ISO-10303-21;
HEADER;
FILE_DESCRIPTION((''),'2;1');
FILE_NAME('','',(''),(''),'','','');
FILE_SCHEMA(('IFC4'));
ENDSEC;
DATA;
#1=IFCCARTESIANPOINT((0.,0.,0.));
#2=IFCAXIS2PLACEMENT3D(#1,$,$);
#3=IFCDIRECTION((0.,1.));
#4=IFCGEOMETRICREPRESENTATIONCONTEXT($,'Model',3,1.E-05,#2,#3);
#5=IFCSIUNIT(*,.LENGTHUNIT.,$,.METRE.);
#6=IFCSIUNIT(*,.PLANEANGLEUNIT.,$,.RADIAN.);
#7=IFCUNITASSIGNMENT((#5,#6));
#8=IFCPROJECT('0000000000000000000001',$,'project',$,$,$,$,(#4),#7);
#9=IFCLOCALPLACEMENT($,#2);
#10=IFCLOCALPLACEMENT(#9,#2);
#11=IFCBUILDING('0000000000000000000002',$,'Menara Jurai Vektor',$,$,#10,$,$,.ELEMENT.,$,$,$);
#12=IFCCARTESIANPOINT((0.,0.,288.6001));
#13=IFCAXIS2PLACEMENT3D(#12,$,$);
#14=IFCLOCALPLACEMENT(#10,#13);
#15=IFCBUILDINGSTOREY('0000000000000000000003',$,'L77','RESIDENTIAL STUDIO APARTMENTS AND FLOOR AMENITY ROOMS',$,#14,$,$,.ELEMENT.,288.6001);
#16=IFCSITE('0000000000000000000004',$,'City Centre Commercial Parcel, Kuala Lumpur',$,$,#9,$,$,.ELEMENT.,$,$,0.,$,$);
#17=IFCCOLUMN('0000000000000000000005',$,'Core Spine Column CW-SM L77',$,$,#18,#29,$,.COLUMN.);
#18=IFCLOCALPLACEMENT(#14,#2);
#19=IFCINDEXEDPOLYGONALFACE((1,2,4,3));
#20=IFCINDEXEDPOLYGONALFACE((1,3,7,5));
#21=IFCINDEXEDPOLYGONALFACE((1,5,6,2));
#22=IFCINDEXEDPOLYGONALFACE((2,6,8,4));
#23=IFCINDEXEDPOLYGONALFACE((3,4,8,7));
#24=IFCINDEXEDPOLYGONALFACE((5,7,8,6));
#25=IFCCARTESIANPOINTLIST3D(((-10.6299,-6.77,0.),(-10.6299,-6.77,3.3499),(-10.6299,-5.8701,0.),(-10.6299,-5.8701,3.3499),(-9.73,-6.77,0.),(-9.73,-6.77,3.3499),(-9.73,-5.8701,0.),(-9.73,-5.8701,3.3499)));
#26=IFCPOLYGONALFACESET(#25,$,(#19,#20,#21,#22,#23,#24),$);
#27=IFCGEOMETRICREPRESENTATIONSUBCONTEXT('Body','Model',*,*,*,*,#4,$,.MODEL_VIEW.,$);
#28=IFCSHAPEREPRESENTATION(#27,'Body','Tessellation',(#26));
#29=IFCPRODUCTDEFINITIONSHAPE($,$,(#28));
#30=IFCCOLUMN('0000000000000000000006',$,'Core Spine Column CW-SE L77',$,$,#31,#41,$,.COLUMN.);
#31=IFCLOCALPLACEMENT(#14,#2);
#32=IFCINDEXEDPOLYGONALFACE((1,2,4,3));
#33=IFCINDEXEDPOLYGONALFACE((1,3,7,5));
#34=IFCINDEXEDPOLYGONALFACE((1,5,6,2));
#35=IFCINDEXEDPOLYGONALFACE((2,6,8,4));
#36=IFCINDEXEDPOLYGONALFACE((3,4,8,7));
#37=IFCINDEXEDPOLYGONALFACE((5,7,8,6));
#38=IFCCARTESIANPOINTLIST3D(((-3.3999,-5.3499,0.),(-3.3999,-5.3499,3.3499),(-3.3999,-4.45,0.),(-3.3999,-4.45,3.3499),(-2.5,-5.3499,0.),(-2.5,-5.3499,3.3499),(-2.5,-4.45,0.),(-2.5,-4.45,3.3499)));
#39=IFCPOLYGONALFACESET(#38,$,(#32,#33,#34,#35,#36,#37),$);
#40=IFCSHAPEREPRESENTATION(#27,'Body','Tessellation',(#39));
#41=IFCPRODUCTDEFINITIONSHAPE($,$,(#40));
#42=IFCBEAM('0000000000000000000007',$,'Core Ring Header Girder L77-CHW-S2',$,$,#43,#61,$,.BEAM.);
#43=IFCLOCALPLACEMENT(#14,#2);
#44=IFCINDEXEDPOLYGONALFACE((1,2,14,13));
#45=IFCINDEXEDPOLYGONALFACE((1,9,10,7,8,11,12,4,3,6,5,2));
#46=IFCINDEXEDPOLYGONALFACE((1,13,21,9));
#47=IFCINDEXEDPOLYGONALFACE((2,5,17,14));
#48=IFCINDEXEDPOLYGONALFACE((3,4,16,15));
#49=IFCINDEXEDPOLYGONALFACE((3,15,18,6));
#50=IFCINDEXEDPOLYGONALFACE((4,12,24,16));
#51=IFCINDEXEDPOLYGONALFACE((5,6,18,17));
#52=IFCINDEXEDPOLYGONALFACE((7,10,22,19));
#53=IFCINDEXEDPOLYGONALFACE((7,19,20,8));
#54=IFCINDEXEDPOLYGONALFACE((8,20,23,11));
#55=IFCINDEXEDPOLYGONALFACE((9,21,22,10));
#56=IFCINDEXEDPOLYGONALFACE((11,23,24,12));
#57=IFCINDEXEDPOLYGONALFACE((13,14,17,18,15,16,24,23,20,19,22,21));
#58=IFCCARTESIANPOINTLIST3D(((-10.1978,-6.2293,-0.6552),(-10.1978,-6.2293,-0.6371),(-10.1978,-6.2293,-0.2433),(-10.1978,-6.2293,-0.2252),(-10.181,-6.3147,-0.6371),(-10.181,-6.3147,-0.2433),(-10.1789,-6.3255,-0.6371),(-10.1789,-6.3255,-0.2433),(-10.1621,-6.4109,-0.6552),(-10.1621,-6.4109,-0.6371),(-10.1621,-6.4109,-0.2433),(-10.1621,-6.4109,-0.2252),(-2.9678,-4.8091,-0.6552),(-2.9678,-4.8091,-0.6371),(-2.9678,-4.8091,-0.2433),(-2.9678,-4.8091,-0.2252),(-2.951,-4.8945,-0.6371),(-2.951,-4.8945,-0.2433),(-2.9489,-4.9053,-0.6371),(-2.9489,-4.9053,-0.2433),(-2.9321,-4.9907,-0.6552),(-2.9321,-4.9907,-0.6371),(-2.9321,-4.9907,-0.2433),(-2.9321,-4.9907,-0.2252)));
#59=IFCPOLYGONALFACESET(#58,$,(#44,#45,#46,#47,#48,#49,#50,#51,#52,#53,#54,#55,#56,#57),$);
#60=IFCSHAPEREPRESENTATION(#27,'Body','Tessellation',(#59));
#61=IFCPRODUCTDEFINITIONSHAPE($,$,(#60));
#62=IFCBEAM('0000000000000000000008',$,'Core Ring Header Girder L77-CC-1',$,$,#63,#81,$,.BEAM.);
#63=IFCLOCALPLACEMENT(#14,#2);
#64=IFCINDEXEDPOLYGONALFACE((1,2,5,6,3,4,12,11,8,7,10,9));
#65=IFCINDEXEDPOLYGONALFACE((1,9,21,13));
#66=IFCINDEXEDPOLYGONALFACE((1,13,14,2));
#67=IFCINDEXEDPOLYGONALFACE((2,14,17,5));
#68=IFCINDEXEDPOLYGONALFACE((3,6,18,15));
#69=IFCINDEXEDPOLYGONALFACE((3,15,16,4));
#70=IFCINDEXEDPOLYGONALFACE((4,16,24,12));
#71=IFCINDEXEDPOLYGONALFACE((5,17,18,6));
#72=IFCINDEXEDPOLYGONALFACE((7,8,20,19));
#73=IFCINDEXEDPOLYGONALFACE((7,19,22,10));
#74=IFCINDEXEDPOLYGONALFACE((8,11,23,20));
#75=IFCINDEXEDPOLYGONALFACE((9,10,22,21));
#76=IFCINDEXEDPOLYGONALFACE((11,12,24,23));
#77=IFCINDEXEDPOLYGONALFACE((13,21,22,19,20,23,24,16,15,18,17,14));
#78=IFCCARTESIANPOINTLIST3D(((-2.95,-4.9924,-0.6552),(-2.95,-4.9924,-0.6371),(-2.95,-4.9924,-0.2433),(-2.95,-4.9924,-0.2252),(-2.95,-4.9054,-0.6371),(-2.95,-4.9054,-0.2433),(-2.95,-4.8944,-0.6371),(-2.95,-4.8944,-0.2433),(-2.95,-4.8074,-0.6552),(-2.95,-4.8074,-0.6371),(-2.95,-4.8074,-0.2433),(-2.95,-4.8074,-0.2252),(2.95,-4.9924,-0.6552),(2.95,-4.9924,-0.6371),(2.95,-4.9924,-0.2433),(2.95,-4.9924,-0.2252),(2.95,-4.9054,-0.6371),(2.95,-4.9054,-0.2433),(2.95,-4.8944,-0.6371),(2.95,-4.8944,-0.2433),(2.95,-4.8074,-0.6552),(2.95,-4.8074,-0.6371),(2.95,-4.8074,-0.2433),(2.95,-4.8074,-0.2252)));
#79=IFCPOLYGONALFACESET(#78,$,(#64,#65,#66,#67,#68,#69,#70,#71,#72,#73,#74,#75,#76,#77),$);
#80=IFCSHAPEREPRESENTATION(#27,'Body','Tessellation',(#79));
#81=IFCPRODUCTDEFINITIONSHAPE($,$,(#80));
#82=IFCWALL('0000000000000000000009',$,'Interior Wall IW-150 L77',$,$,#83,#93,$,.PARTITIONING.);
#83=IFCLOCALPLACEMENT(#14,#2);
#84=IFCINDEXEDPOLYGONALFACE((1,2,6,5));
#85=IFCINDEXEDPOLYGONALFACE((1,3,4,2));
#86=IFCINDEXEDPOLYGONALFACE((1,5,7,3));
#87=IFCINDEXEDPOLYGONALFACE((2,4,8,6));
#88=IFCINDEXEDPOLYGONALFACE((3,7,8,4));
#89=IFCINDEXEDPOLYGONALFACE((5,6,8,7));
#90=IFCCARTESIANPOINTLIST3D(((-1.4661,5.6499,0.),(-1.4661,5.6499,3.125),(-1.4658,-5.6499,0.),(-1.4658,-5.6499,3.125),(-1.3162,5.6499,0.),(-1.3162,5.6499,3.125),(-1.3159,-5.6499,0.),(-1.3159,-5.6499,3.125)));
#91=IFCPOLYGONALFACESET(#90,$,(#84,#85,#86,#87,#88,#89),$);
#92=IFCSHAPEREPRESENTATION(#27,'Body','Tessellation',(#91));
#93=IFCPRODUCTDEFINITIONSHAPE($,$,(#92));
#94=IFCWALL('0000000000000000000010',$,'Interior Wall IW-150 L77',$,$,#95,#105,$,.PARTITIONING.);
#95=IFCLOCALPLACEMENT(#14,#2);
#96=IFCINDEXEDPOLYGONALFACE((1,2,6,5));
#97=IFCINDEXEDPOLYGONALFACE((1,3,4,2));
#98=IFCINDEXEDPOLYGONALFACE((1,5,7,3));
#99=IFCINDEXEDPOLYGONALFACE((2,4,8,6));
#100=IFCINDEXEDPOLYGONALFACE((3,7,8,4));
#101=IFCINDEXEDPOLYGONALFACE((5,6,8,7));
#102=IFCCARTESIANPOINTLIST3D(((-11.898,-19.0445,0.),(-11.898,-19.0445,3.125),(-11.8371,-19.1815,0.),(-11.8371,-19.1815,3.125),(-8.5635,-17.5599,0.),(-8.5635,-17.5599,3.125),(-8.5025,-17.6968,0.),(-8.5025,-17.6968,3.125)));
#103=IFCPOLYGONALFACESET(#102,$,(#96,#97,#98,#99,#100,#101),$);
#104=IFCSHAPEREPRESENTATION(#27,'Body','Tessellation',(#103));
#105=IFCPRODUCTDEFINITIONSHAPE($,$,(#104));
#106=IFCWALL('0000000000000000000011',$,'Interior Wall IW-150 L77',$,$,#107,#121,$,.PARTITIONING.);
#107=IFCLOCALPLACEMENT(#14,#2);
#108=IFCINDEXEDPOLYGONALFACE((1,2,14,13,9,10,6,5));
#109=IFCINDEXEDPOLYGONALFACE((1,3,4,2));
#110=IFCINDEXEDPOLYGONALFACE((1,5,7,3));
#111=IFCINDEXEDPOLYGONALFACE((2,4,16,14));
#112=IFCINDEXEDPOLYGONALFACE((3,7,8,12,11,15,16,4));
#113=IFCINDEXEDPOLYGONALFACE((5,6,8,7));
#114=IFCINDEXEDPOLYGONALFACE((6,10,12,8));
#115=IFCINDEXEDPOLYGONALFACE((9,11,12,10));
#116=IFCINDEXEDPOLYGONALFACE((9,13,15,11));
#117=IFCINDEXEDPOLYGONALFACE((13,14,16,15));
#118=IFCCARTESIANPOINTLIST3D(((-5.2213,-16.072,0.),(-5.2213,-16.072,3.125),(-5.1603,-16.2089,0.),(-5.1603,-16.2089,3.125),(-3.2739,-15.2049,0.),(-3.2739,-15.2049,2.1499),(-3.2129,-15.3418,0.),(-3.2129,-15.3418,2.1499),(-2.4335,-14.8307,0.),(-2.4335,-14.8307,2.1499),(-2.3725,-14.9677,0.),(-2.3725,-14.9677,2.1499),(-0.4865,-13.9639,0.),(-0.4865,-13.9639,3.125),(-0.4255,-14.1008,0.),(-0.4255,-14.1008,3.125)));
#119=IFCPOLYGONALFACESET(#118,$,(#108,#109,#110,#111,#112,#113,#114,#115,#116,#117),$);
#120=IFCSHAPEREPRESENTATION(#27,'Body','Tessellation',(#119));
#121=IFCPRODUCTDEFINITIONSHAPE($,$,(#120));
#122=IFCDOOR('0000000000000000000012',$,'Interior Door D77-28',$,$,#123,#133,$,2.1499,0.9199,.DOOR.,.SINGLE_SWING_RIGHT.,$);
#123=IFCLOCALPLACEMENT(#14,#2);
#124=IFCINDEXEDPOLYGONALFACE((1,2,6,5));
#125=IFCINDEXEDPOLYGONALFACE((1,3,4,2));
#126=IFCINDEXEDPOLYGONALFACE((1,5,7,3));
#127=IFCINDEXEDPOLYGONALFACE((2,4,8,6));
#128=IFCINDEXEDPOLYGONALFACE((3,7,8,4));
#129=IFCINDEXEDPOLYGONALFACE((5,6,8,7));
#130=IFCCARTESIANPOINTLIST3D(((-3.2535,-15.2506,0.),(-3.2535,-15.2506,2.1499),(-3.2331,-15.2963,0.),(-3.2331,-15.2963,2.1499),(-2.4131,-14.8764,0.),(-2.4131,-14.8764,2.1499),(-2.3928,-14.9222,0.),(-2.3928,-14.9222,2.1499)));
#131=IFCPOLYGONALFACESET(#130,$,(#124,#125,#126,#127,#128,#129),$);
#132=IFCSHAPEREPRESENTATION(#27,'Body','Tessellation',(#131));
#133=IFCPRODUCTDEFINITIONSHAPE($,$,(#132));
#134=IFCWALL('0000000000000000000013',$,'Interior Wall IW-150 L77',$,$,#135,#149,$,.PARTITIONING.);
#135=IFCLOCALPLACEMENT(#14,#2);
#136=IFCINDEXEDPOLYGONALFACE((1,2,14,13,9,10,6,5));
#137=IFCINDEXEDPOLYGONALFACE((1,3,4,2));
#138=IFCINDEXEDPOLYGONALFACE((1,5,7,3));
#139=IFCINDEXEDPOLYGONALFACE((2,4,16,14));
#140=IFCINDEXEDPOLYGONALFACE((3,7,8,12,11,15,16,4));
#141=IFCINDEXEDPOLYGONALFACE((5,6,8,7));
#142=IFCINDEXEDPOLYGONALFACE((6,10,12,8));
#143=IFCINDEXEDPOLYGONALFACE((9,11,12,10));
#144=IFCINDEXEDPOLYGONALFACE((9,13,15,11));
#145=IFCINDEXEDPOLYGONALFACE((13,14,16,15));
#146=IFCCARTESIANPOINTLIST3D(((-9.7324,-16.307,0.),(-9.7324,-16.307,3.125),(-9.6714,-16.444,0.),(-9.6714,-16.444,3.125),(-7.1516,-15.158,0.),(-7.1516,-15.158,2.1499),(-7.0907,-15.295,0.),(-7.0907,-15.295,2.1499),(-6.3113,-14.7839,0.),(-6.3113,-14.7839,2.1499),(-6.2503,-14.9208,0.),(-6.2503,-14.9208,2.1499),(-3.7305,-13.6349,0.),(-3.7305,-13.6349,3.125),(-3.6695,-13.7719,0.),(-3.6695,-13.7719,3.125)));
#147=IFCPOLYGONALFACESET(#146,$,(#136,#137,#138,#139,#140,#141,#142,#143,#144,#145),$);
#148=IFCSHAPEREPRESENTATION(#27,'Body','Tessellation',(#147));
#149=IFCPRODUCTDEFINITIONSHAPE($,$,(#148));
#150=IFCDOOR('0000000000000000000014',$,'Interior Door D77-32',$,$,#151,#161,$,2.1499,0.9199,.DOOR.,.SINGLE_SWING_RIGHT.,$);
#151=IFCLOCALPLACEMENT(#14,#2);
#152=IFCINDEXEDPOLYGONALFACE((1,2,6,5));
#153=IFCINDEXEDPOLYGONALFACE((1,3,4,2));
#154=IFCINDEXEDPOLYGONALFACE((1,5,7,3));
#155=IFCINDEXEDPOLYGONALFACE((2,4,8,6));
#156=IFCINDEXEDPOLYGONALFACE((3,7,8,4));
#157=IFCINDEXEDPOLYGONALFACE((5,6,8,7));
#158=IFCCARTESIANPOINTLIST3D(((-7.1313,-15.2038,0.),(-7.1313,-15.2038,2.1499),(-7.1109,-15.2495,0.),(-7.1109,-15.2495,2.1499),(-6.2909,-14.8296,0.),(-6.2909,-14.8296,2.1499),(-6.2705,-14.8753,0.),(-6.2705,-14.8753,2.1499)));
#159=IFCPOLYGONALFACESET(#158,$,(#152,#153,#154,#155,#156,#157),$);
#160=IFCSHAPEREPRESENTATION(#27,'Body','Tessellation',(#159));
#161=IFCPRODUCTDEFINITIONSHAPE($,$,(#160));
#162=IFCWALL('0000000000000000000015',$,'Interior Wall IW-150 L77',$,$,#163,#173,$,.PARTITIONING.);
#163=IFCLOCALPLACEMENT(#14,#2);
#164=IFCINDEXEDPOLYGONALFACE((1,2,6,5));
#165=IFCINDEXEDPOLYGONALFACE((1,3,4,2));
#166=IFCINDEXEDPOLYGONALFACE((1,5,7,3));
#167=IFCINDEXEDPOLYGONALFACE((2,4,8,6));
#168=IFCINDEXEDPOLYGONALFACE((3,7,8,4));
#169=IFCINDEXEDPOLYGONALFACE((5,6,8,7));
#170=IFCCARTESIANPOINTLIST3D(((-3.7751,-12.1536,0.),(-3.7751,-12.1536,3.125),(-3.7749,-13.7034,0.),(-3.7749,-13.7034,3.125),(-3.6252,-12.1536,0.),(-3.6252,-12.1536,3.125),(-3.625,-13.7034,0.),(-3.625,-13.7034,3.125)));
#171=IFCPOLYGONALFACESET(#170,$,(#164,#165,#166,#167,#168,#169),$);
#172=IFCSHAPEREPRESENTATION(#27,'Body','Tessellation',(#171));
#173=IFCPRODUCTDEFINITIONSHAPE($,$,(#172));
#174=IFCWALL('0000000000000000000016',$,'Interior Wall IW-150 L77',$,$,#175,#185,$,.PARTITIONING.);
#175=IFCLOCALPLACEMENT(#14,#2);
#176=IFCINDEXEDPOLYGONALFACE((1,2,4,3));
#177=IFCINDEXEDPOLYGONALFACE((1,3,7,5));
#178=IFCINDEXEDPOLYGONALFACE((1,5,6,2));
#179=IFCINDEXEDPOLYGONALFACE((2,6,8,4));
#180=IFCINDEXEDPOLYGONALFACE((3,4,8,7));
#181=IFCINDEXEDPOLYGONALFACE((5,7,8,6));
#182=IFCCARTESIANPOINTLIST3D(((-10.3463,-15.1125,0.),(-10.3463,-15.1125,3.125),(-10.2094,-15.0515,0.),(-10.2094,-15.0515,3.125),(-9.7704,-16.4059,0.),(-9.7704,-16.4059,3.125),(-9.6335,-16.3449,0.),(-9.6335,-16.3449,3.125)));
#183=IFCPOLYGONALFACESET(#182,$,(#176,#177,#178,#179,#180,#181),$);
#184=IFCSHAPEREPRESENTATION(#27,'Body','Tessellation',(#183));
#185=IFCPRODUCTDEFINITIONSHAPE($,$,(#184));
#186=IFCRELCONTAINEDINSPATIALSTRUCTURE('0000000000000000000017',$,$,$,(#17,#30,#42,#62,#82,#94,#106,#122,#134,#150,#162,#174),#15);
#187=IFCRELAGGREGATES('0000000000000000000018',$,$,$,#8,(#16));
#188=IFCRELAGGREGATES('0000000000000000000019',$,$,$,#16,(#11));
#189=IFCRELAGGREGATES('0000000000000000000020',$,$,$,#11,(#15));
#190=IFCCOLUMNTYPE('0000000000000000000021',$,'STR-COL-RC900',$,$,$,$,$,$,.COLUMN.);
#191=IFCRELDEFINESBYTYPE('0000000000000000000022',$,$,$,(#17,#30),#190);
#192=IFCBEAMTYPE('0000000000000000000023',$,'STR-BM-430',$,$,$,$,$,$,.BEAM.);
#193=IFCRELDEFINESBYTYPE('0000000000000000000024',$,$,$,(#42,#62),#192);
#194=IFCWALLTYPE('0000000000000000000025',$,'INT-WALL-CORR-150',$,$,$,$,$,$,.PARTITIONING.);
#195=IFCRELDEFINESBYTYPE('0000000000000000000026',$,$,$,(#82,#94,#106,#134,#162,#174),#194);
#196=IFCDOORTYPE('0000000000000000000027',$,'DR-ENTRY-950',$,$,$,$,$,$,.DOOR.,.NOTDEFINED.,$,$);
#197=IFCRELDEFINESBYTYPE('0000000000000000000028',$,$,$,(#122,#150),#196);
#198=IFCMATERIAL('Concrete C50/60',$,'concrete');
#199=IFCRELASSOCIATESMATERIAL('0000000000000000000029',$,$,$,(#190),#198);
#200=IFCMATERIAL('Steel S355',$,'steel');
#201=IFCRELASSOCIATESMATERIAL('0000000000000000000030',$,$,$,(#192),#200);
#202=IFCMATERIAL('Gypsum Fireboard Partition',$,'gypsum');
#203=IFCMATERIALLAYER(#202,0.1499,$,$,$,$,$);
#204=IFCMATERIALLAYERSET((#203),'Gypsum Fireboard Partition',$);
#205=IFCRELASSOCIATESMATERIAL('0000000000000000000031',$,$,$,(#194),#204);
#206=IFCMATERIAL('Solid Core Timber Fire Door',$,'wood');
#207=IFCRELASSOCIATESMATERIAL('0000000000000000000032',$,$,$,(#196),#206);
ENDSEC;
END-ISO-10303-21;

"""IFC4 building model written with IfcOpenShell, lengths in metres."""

from ifc_helpers import new_model, si_unit, direction, frame, frame_2d, origin, origin_2d, place, context, subcontext, project, spatial, rectangle, i_section, extrude, material, layer, layer_set, material_profile, profile_set, type_object, element, fill, save


model = new_model("IFC4")

# Units and contexts
model_context = context("Model", 3, precision=1e-05, world=origin(), true_north=direction((0.0, 1.0)))
body_context = subcontext(model_context, "Body", "Model", "MODEL_VIEW")
ifc_project = project(units=[si_unit("LENGTHUNIT", "METRE"), si_unit("PLANEANGLEUNIT", "RADIAN")], contexts=[model_context])

# Site, building, storey
site_placement = place(None, origin())
site = spatial("IfcSite", under=ifc_project, at=site_placement, Name="City Centre Commercial Parcel, Kuala Lumpur", CompositionType="ELEMENT", RefElevation=0.0)
building_placement = place(site_placement, origin())
building = spatial("IfcBuilding", under=site, at=building_placement, Name="Menara Jurai Vektor", CompositionType="ELEMENT")
storey_placement = place(building_placement, frame((0.0, 0.0, 288.6001)))
storey = spatial("IfcBuildingStorey", under=building, at=storey_placement, Name="L77", Description="RESIDENTIAL STUDIO APARTMENTS AND FLOOR AMENITY ROOMS", CompositionType="ELEMENT", Elevation=288.6001)

# Columns
ifc_material_1 = material(Name="Concrete C50/60", Category="concrete")
ifc_material_profile_1 = material_profile(ifc_material_1, rectangle(XDim=0.8999, YDim=0.8999, at=origin_2d()), Name="RC 900x900")
ifc_profile_set_1 = profile_set([ifc_material_profile_1], Name="Concrete C50/60")
column_type = type_object("IfcColumnType", Name="STR-COL-RC900", PredefinedType="COLUMN", material=ifc_profile_set_1)
for number, where, z_axis, x_axis, name in (
    (1, (-10.1799, -6.3201, 0.0), (0.0, 0.0, 1.0), (1.0, 0.0, 0.0), "Core Spine Column CW-SM L77"),
    (2, (-2.95, -4.8999, 0.0), (0.0, 0.0, 1.0), (1.0, 0.0, 0.0), "Core Spine Column CW-SE L77"),
):
    element("IfcColumn", number, at=place(storey_placement, frame(where, z_axis=z_axis, x_axis=x_axis)), inside=storey, type_object=column_type, Name=name, PredefinedType="COLUMN", context=body_context, shape_type="SweptSolid", body=[
        extrude(rectangle(XDim=0.8999, YDim=0.8999, at=origin_2d()), origin(), (0.0, 0.0, 1.0), 3.3499),
    ])

# Beams
ifc_material_2 = material(Name="Steel S355", Category="steel")
ifc_material_profile_2 = material_profile(ifc_material_2, i_section(OverallWidth=0.1851, OverallDepth=0.4299, WebThickness=0.011, FlangeThickness=0.0181, at=origin_2d()), Name="PG 430x185x76")
ifc_profile_set_2 = profile_set([ifc_material_profile_2], Name="Steel S355")
beam_type = type_object("IfcBeamType", Name="STR-BM-430", PredefinedType="BEAM", material=ifc_profile_set_2)
beam_1_placement = place(storey_placement, frame((-10.1799, -6.3201, -0.4402), z_axis=(0.981249, 0.192744, 0.0), x_axis=(-0.192744, 0.981249, 0.0)))
element("IfcBeam", 3, at=beam_1_placement, inside=storey, type_object=beam_type, Name="Core Ring Header Girder L77-CHW-S2", PredefinedType="BEAM", context=body_context, shape_type="SweptSolid", body=[
    extrude(i_section(OverallWidth=0.1851, OverallDepth=0.4299, WebThickness=0.011, FlangeThickness=0.0181, at=origin_2d()), origin(), (0.0, 0.0, 1.0), 7.3682),
])
beam_2_placement = place(storey_placement, frame((-2.95, -4.8999, -0.4402), z_axis=(1.0, 0.0, 0.0), x_axis=(0.0, 1.0, 0.0)))
element("IfcBeam", 4, at=beam_2_placement, inside=storey, type_object=beam_type, Name="Core Ring Header Girder L77-CC-1", PredefinedType="BEAM", context=body_context, shape_type="SweptSolid", body=[
    extrude(i_section(OverallWidth=0.1851, OverallDepth=0.4299, WebThickness=0.011, FlangeThickness=0.0181, at=origin_2d()), origin(), (0.0, 0.0, 1.0), 5.8999),
])

# Walls
ifc_material_3 = material(Name="Gypsum Fireboard Partition", Category="gypsum")
ifc_layer_1 = layer(ifc_material_3, 0.1499)
ifc_layer_set_1 = layer_set([ifc_layer_1], Name="Gypsum Fireboard Partition")
wall_type_1 = type_object("IfcWallType", Name="INT-WALL-CORR-150", PredefinedType="PARTITIONING", material=ifc_layer_set_1)
wall_1_placement = place(storey_placement, frame((-1.3909, -5.6499, 0.0), z_axis=(0.0, 0.0, 1.0), x_axis=(-0.000022, 1.0, 0.0)))
element("IfcWall", 5, at=wall_1_placement, inside=storey, type_object=wall_type_1, Name="Interior Wall IW-150 L77", PredefinedType="PARTITIONING", context=body_context, shape_type="SweptSolid", body=[
    extrude(rectangle(XDim=11.2998, YDim=0.1499, at=frame_2d((5.6499, 0.0))), origin(), (0.0, 0.0, 1.0), 3.125),
])
wall_2_placement = place(storey_placement, frame((-11.8677, -19.113, 0.0), z_axis=(0.0, 0.0, 1.0), x_axis=(0.913544, 0.40674, 0.0)))
element("IfcWall", 6, at=wall_2_placement, inside=storey, type_object=wall_type_1, Name="Interior Wall IW-150 L77", PredefinedType="PARTITIONING", context=body_context, shape_type="SweptSolid", body=[
    extrude(rectangle(XDim=3.6501, YDim=0.1499, at=frame_2d((1.8252, 0.0))), origin(), (0.0, 0.0, 1.0), 3.125),
])

# Walls, openings, doors
ifc_material_4 = material(Name="Solid Core Timber Fire Door", Category="wood")
door_type = type_object("IfcDoorType", Name="DR-ENTRY-950", OperationType="NOTDEFINED", PredefinedType="DOOR", material=ifc_material_4)
wall_3_placement = place(storey_placement, frame((-5.1907, -16.1404, 0.0), z_axis=(0.0, 0.0, 1.0), x_axis=(0.913541, 0.406746, 0.0)))
wall_3 = element("IfcWall", 7, at=wall_3_placement, inside=storey, type_object=wall_type_1, Name="Interior Wall IW-150 L77", PredefinedType="PARTITIONING", context=body_context, shape_type="SweptSolid", body=[
    extrude(rectangle(XDim=5.1829, YDim=0.1499, at=frame_2d((2.5913, 0.0))), origin(), (0.0, 0.0, 1.0), 3.125),
])
opening_1_placement = place(wall_3_placement, frame((2.1316, 0.0, 0.0)))
opening_1 = element("IfcOpeningElement", 8, at=opening_1_placement, cuts=wall_3, PredefinedType="OPENING", context=body_context, shape_type="SweptSolid", body=[
    extrude(rectangle(XDim=0.9199, YDim=2.1499, at=frame_2d((0.46, 1.075))), frame((0.0, 0.085, 0.0), z_axis=(0.0, -1.0, 0.0), x_axis=(1.0, 0.0, 0.0)), (0.0, 0.0, 1.0), 0.1699),
])
door_1_placement = place(opening_1_placement, origin())
door_1 = element("IfcDoor", 9, at=door_1_placement, inside=storey, type_object=door_type, Name="Interior Door D77-28", OperationType="SINGLE_SWING_RIGHT", OverallHeight=2.1499, OverallWidth=0.9199, PredefinedType="DOOR", context=body_context, shape_type="SweptSolid", body=[
    extrude(rectangle(XDim=0.9199, YDim=2.1499, at=frame_2d((0.46, 1.075))), frame((0.0, 0.0249, 0.0), z_axis=(0.0, -1.0, 0.0), x_axis=(1.0, 0.0, 0.0)), (0.0, 0.0, 1.0), 0.05),
])
fill(opening_1, door_1)
wall_4_placement = place(storey_placement, frame((-9.7019, -16.3755, 0.0), z_axis=(0.0, 0.0, 1.0), x_axis=(0.913552, 0.406721, 0.0)))
wall_4 = element("IfcWall", 10, at=wall_4_placement, inside=storey, type_object=wall_type_1, Name="Interior Wall IW-150 L77", PredefinedType="PARTITIONING", context=body_context, shape_type="SweptSolid", body=[
    extrude(rectangle(XDim=6.5698, YDim=0.1499, at=frame_2d((3.2849, 0.0))), origin(), (0.0, 0.0, 1.0), 3.125),
])
opening_2_placement = place(wall_4_placement, frame((2.825, 0.0, 0.0)))
opening_2 = element("IfcOpeningElement", 11, at=opening_2_placement, cuts=wall_4, PredefinedType="OPENING", context=body_context, shape_type="SweptSolid", body=[
    extrude(rectangle(XDim=0.9199, YDim=2.1499, at=frame_2d((0.46, 1.075))), frame((0.0, 0.085, 0.0), z_axis=(0.0, -1.0, 0.0), x_axis=(1.0, 0.0, 0.0)), (0.0, 0.0, 1.0), 0.1699),
])
door_2_placement = place(opening_2_placement, origin())
door_2 = element("IfcDoor", 12, at=door_2_placement, inside=storey, type_object=door_type, Name="Interior Door D77-32", OperationType="SINGLE_SWING_RIGHT", OverallHeight=2.1499, OverallWidth=0.9199, PredefinedType="DOOR", context=body_context, shape_type="SweptSolid", body=[
    extrude(rectangle(XDim=0.9199, YDim=2.1499, at=frame_2d((0.46, 1.075))), frame((0.0, 0.0249, 0.0), z_axis=(0.0, -1.0, 0.0), x_axis=(1.0, 0.0, 0.0)), (0.0, 0.0, 1.0), 0.05),
])
fill(opening_2, door_2)

# Wall
wall_5_placement = place(storey_placement, frame((-3.7, -13.7034, 0.0), z_axis=(0.0, 0.0, 1.0), x_axis=(-0.000158, 1.0, 0.0)))
element("IfcWall", 13, at=wall_5_placement, inside=storey, type_object=wall_type_1, Name="Interior Wall IW-150 L77", PredefinedType="PARTITIONING", context=body_context, shape_type="SweptSolid", body=[
    extrude(rectangle(XDim=1.5498, YDim=0.1499, at=frame_2d((0.7749, 0.0))), origin(), (0.0, 0.0, 1.0), 3.125),
])

# Wall
wall_6_placement = place(storey_placement, frame((-9.7019, -16.3755, 0.0), z_axis=(0.0, 0.0, 1.0), x_axis=(-0.406762, 0.913534, 0.0)))
element("IfcWall", 14, at=wall_6_placement, inside=storey, type_object=wall_type_1, Name="Interior Wall IW-150 L77", PredefinedType="PARTITIONING", context=body_context, shape_type="SweptSolid", body=[
    extrude(rectangle(XDim=1.4158, YDim=0.1499, at=frame_2d((0.708, 0.0))), origin(), (0.0, 0.0, 1.0), 3.125),
])

save(model, "model.ifc")
